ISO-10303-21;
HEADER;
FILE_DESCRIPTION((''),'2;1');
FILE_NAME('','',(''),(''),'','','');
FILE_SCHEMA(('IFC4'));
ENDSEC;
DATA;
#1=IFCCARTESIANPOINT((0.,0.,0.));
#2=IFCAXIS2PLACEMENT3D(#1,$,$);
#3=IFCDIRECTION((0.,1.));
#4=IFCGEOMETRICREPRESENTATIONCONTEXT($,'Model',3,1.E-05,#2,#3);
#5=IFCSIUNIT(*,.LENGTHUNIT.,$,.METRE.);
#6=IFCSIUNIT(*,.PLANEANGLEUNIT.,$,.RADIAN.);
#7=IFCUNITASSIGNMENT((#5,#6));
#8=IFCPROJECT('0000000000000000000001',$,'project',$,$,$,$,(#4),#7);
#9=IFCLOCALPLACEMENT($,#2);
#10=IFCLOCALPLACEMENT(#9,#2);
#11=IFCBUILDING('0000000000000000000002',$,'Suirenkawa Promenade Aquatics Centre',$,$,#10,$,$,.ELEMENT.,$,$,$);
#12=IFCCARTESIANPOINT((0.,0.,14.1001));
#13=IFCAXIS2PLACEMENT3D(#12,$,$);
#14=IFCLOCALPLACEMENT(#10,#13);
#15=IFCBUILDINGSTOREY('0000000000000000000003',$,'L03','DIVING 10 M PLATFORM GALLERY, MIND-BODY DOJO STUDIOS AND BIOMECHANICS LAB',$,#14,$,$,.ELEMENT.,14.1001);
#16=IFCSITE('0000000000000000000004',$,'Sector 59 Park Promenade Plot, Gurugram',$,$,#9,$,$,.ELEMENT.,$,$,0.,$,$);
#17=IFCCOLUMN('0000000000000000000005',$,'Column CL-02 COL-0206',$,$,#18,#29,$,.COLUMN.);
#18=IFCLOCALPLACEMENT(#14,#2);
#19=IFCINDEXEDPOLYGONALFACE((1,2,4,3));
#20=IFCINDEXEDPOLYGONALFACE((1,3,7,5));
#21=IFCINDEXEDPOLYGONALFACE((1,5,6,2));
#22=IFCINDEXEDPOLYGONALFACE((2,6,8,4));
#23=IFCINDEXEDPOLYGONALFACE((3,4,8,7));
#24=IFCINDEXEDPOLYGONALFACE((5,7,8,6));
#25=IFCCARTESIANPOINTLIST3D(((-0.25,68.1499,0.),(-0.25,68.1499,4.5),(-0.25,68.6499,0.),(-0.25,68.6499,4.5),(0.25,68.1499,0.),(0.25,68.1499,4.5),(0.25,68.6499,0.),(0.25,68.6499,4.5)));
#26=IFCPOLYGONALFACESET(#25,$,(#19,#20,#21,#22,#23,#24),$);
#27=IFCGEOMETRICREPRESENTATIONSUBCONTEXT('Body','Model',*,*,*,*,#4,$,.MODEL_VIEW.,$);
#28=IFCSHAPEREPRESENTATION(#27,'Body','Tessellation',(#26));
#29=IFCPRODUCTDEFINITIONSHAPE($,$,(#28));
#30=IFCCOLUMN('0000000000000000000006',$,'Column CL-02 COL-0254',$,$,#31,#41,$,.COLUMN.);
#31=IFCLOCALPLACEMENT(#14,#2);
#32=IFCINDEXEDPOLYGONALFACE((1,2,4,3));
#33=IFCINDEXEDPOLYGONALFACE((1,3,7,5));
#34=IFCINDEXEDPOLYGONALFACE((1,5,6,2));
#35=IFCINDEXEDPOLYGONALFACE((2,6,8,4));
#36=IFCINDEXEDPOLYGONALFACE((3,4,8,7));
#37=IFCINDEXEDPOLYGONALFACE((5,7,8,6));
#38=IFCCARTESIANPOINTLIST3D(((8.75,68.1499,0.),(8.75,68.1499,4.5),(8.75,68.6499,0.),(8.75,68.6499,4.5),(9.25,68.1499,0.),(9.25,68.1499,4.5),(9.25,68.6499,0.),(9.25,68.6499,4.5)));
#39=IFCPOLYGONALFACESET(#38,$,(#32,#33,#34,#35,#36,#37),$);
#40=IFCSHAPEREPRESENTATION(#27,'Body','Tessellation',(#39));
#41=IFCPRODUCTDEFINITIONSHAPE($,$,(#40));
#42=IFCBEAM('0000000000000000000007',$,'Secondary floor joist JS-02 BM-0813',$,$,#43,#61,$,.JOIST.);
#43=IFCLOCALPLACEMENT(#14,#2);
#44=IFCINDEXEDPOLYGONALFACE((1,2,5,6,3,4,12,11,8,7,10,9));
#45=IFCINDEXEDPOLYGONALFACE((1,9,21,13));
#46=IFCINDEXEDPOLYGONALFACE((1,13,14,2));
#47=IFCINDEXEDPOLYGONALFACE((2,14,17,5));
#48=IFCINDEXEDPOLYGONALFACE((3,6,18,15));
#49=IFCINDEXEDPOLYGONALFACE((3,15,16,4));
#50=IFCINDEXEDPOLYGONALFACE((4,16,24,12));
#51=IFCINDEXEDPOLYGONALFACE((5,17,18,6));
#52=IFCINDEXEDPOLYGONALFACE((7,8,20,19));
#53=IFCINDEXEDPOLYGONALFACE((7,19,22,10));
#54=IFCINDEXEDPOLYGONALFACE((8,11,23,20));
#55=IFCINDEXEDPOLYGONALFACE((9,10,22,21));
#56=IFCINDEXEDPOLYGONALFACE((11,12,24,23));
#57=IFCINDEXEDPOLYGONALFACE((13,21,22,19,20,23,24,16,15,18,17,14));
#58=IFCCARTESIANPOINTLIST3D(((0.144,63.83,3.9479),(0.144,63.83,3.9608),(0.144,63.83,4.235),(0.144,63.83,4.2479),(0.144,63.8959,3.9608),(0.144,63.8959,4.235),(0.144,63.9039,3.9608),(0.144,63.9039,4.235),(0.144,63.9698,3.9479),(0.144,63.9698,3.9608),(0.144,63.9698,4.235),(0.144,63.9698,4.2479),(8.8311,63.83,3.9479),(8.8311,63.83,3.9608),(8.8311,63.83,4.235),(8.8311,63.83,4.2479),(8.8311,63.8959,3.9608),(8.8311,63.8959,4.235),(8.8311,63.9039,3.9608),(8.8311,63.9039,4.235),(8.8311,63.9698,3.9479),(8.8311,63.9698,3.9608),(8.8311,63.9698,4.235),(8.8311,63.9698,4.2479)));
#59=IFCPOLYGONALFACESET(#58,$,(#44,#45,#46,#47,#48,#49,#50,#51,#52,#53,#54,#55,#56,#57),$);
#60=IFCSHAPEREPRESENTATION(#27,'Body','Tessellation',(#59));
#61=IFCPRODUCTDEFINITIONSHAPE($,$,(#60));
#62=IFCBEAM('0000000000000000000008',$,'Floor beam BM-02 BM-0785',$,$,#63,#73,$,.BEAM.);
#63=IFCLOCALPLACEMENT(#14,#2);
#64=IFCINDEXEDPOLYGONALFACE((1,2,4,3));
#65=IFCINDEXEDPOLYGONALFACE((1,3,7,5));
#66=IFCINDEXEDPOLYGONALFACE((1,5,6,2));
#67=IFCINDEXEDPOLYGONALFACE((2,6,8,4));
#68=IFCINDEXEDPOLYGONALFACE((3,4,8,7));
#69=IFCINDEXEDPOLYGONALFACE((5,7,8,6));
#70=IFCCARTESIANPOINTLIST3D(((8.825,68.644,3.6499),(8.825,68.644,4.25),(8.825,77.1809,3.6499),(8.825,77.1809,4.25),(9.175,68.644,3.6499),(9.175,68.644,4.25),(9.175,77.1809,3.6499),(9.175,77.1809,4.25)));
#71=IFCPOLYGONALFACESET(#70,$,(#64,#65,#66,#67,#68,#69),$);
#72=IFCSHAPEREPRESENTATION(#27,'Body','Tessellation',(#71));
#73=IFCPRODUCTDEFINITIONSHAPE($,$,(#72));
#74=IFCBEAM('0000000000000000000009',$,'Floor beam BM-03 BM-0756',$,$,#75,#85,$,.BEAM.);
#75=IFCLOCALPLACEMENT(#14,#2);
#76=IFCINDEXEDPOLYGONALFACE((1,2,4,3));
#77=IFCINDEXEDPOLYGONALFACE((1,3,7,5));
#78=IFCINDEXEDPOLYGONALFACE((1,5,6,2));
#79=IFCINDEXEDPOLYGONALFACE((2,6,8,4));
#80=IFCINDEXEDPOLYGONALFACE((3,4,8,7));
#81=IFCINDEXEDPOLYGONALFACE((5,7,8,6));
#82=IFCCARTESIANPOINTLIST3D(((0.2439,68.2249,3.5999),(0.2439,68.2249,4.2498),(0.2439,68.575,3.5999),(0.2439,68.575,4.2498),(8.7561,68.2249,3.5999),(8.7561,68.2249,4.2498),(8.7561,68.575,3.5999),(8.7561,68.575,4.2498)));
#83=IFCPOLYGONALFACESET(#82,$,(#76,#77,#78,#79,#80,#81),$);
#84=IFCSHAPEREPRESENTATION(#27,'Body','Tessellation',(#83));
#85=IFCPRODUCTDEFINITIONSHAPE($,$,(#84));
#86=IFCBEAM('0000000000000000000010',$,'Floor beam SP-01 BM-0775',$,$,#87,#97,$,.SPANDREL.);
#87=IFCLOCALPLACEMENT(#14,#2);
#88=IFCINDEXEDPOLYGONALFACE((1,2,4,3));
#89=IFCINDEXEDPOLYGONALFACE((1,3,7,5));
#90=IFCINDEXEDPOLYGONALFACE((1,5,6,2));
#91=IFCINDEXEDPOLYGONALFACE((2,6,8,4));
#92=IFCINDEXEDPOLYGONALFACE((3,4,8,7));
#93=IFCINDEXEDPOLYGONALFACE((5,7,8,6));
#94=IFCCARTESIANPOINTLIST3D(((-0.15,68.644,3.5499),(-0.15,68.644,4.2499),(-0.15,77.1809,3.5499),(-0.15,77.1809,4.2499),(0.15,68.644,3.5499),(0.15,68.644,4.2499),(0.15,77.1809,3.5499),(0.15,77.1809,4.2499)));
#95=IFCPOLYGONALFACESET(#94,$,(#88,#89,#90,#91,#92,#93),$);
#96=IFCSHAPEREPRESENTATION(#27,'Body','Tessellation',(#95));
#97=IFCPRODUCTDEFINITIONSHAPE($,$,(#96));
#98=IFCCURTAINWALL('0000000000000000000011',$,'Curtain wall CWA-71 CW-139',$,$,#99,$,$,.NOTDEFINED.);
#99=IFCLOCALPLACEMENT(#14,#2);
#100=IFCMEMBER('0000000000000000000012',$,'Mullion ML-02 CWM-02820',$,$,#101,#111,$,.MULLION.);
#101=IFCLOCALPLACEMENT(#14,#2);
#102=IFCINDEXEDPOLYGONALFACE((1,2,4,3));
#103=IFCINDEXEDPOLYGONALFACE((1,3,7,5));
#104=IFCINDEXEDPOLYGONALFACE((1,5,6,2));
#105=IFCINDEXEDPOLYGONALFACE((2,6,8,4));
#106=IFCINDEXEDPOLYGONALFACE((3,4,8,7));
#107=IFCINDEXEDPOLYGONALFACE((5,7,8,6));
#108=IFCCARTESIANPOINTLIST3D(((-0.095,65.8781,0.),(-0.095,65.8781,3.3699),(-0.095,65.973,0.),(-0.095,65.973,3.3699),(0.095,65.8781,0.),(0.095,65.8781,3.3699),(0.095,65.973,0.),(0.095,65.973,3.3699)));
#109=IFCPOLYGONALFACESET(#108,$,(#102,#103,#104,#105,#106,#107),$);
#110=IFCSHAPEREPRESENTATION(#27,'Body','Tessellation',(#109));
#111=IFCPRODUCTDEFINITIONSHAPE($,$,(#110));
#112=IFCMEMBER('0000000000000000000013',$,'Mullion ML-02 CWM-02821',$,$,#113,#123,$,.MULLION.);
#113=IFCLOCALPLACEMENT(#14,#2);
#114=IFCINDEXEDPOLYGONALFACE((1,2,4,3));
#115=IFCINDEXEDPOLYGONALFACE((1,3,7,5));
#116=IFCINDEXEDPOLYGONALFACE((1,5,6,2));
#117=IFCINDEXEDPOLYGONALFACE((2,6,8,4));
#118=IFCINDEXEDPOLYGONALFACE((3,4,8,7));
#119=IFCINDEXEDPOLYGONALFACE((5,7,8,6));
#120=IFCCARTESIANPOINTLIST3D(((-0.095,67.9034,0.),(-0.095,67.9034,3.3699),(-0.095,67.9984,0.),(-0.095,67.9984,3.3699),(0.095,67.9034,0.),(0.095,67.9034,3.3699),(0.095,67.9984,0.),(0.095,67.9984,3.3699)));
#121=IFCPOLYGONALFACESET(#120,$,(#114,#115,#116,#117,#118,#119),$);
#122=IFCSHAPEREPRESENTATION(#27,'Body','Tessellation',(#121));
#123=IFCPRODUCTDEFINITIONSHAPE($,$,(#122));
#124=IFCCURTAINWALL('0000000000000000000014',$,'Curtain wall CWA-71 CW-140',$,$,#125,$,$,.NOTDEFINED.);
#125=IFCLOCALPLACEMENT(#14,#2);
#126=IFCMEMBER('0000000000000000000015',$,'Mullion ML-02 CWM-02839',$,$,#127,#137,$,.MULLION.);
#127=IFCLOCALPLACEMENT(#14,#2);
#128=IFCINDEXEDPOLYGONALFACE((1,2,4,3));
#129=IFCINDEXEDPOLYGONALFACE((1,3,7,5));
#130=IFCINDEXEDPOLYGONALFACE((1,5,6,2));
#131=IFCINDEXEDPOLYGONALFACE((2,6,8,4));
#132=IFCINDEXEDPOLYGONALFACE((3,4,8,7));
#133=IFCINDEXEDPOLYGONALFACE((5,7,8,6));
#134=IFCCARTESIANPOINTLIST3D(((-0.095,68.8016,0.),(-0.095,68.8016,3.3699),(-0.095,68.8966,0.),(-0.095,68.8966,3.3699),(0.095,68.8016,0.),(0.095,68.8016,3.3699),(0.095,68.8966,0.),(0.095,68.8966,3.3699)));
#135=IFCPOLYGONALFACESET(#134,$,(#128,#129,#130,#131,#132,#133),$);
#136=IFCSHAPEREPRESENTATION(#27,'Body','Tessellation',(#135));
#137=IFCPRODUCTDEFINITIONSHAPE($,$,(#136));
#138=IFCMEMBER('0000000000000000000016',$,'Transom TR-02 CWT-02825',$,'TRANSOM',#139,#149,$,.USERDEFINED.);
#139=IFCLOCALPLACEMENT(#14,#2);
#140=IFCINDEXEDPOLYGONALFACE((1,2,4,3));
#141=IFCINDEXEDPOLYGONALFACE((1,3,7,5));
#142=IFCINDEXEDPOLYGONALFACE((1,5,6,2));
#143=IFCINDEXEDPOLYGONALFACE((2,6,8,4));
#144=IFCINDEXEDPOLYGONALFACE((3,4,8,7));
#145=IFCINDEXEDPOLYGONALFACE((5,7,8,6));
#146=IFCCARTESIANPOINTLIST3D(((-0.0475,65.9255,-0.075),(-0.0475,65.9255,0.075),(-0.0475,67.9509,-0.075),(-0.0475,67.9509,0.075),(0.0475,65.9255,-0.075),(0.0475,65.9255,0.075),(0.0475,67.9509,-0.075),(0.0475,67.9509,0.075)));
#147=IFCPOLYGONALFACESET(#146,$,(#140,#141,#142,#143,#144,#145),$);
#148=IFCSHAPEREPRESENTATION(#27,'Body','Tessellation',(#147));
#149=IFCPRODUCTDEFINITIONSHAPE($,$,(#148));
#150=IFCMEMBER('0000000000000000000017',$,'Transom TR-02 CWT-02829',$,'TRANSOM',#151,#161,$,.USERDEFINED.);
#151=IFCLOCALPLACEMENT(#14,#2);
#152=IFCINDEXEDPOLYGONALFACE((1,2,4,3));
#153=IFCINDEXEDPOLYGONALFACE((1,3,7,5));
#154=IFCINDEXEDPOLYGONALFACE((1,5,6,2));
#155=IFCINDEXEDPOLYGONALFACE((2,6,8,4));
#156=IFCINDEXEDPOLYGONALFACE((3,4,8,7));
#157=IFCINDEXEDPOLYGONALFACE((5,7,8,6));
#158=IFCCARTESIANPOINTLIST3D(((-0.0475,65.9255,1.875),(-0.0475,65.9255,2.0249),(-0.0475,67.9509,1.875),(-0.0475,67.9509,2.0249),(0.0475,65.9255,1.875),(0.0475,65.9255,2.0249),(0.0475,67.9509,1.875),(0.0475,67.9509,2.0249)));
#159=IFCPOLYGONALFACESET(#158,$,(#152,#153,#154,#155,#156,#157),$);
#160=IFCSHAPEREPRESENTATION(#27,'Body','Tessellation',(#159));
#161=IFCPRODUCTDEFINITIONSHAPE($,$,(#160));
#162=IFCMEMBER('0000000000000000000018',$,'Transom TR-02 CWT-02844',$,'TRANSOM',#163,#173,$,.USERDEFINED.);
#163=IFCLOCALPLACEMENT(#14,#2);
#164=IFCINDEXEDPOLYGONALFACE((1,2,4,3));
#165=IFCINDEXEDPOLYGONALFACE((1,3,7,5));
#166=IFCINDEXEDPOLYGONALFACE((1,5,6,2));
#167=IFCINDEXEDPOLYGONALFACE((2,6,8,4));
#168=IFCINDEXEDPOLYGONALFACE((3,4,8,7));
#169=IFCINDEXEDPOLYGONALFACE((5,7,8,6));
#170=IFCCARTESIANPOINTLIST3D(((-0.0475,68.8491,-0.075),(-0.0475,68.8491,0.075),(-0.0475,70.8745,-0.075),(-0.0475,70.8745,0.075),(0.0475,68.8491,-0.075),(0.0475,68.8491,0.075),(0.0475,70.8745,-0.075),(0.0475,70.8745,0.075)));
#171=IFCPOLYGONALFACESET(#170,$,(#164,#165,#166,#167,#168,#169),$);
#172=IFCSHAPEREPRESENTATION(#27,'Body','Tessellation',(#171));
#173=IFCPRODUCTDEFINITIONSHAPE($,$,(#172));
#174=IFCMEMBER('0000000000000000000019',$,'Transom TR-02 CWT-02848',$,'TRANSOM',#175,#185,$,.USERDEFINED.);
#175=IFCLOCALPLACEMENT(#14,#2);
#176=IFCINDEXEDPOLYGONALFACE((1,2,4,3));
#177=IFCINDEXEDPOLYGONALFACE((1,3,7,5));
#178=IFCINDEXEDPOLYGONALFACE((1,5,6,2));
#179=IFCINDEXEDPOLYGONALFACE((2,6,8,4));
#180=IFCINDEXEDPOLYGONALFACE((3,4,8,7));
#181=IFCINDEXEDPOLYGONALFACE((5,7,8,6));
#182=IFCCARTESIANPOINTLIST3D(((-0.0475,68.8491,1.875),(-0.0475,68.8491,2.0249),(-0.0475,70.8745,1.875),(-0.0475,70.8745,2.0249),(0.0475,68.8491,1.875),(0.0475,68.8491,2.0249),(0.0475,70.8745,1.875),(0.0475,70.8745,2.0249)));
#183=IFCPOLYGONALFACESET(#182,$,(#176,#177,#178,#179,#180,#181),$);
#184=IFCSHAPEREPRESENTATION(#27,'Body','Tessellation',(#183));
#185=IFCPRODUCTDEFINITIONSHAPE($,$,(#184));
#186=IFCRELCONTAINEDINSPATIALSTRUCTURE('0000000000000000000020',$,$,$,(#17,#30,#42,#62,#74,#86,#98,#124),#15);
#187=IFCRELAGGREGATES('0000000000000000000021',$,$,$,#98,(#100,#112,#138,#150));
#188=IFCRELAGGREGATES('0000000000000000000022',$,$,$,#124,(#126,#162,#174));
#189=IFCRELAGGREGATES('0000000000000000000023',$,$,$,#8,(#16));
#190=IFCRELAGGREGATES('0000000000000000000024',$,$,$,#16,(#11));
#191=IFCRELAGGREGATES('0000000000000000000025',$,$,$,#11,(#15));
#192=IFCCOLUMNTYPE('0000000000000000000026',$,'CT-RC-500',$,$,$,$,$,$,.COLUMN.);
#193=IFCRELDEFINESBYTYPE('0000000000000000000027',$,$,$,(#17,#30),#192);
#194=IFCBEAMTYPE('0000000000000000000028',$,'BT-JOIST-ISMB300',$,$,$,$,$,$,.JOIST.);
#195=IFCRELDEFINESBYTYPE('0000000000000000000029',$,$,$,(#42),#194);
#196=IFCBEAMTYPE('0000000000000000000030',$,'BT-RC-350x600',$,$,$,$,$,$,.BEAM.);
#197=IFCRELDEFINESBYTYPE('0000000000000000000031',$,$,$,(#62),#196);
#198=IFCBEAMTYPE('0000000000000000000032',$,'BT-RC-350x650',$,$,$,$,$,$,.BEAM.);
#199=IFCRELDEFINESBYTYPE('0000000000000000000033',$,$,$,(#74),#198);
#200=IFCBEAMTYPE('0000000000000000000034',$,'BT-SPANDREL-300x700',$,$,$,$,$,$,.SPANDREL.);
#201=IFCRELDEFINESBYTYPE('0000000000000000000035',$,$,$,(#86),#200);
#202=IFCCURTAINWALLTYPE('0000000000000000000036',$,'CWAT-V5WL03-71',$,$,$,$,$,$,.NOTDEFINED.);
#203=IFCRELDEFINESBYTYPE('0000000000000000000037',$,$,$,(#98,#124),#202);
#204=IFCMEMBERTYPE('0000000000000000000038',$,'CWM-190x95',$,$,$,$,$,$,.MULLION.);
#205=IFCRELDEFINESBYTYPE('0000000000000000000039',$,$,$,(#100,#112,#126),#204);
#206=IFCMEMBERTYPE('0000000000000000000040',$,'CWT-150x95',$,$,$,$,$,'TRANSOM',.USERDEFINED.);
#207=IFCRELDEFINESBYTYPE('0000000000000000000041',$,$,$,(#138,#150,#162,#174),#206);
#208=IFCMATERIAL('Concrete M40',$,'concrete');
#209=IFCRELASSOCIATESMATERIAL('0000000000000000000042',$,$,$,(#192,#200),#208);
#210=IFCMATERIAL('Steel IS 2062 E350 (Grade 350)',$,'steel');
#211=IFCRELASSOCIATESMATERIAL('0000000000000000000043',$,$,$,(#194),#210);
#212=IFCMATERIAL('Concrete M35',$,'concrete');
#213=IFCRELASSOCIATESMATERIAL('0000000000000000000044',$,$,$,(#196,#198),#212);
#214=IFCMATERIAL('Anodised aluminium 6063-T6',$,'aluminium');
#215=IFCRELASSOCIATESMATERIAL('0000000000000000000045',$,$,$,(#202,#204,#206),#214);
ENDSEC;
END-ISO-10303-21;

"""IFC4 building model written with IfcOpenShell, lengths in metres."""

from ifc_helpers import new_model, si_unit, direction, frame, origin, origin_2d, place, context, subcontext, project, spatial, rectangle, i_section, extrude, material, material_profile, profile_set, type_object, element, aggregate, save


model = new_model("IFC4")

# Units and contexts
model_context = context("Model", 3, precision=1e-05, world=origin(), true_north=direction((0.0, 1.0)))
body_context = subcontext(model_context, "Body", "Model", "MODEL_VIEW")
ifc_project = project(units=[si_unit("LENGTHUNIT", "METRE"), si_unit("PLANEANGLEUNIT", "RADIAN")], contexts=[model_context])

# Site, building, storey
site_placement = place(None, origin())
site = spatial("IfcSite", under=ifc_project, at=site_placement, Name="Sector 59 Park Promenade Plot, Gurugram", CompositionType="ELEMENT", RefElevation=0.0)
building_placement = place(site_placement, origin())
building = spatial("IfcBuilding", under=site, at=building_placement, Name="Suirenkawa Promenade Aquatics Centre", CompositionType="ELEMENT")
storey_placement = place(building_placement, frame((0.0, 0.0, 14.1001)))
storey = spatial("IfcBuildingStorey", under=building, at=storey_placement, Name="L03", Description="DIVING 10 M PLATFORM GALLERY, MIND-BODY DOJO STUDIOS AND BIOMECHANICS LAB", CompositionType="ELEMENT", Elevation=14.1001)

# Columns
ifc_material_1 = material(Name="Concrete M40", Category="concrete")
ifc_material_profile_1 = material_profile(ifc_material_1, rectangle(XDim=0.5, YDim=0.5, at=origin_2d()), Name="RC COL 500x500", Category="concrete")
ifc_profile_set_1 = profile_set([ifc_material_profile_1], Name="Concrete M40")
column_type = type_object("IfcColumnType", Name="CT-RC-500", PredefinedType="COLUMN", material=ifc_profile_set_1)
for number, where, z_axis, x_axis, name in (
    (1, (0.0, 68.3999, 0.0), (0.0, 0.0, 1.0), (1.0, 0.0, 0.0), "Column CL-02 COL-0206"),
    (2, (9.0, 68.3999, 0.0), (0.0, 0.0, 1.0), (1.0, 0.0, 0.0), "Column CL-02 COL-0254"),
):
    element("IfcColumn", number, at=place(storey_placement, frame(where, z_axis=z_axis, x_axis=x_axis)), inside=storey, type_object=column_type, Name=name, PredefinedType="COLUMN", context=body_context, shape_type="SweptSolid", body=[
        extrude(rectangle(XDim=0.5, YDim=0.5, at=origin_2d()), origin(), (0.0, 0.0, 1.0), 4.5),
    ])

# Beams
ifc_material_2 = material(Name="Steel IS 2062 E350 (Grade 350)", Category="steel")
ifc_material_profile_2 = material_profile(ifc_material_2, i_section(OverallWidth=0.1399, OverallDepth=0.3, WebThickness=0.0081, FlangeThickness=0.0129, at=origin_2d()), Name="ISMB 300", Category="steel")
ifc_profile_set_2 = profile_set([ifc_material_profile_2], Name="Steel IS 2062 E350 (Grade 350)")
beam_type_1 = type_object("IfcBeamType", Name="BT-JOIST-ISMB300", PredefinedType="JOIST", material=ifc_profile_set_2)
beam_1_placement = place(storey_placement, frame((0.144, 63.8999, 4.0979), z_axis=(1.0, 0.0, 0.0), x_axis=(0.0, 1.0, 0.0)))
element("IfcBeam", 3, at=beam_1_placement, inside=storey, type_object=beam_type_1, Name="Secondary floor joist JS-02 BM-0813", PredefinedType="JOIST", context=body_context, shape_type="SweptSolid", body=[
    extrude(i_section(OverallWidth=0.1399, OverallDepth=0.3, WebThickness=0.0081, FlangeThickness=0.0129, at=origin_2d()), origin(), (0.0, 0.0, 1.0), 8.687),
])
ifc_material_3 = material(Name="Concrete M35", Category="concrete")
ifc_material_profile_3 = material_profile(ifc_material_3, rectangle(XDim=0.3501, YDim=0.6001, at=origin_2d()), Name="RC BM 350x600", Category="concrete")
ifc_profile_set_3 = profile_set([ifc_material_profile_3], Name="Concrete M35")
beam_type_2 = type_object("IfcBeamType", Name="BT-RC-350x600", PredefinedType="BEAM", material=ifc_profile_set_3)
beam_2_placement = place(storey_placement, frame((9.0, 68.644, 3.95), z_axis=(0.0, 1.0, 0.0), x_axis=(-1.0, 0.0, 0.0)))
element("IfcBeam", 4, at=beam_2_placement, inside=storey, type_object=beam_type_2, Name="Floor beam BM-02 BM-0785", PredefinedType="BEAM", context=body_context, shape_type="SweptSolid", body=[
    extrude(rectangle(XDim=0.3501, YDim=0.6001, at=origin_2d()), origin(), (0.0, 0.0, 1.0), 8.5369),
])
ifc_material_profile_4 = material_profile(ifc_material_3, rectangle(XDim=0.3501, YDim=0.6499, at=origin_2d()), Name="RC BM 350x650", Category="concrete")
ifc_profile_set_4 = profile_set([ifc_material_profile_4], Name="Concrete M35")
beam_type_3 = type_object("IfcBeamType", Name="BT-RC-350x650", PredefinedType="BEAM", material=ifc_profile_set_4)
beam_3_placement = place(storey_placement, frame((0.2439, 68.3999, 3.9248), z_axis=(1.0, 0.0, 0.0), x_axis=(0.0, 1.0, 0.0)))
element("IfcBeam", 5, at=beam_3_placement, inside=storey, type_object=beam_type_3, Name="Floor beam BM-03 BM-0756", PredefinedType="BEAM", context=body_context, shape_type="SweptSolid", body=[
    extrude(rectangle(XDim=0.3501, YDim=0.6499, at=origin_2d()), origin(), (0.0, 0.0, 1.0), 8.5122),
])
ifc_material_profile_5 = material_profile(ifc_material_1, rectangle(XDim=0.3, YDim=0.7, at=origin_2d()), Name="RC SPANDREL 300x700", Category="concrete")
ifc_profile_set_5 = profile_set([ifc_material_profile_5], Name="Concrete M40")
beam_type_4 = type_object("IfcBeamType", Name="BT-SPANDREL-300x700", PredefinedType="SPANDREL", material=ifc_profile_set_5)
beam_4_placement = place(storey_placement, frame((0.0, 68.644, 3.8999), z_axis=(0.0, 1.0, 0.0), x_axis=(-1.0, 0.0, 0.0)))
element("IfcBeam", 6, at=beam_4_placement, inside=storey, type_object=beam_type_4, Name="Floor beam SP-01 BM-0775", PredefinedType="SPANDREL", context=body_context, shape_type="SweptSolid", body=[
    extrude(rectangle(XDim=0.3, YDim=0.7, at=origin_2d()), origin(), (0.0, 0.0, 1.0), 8.5369),
])

# Curtain wall, members
ifc_material_4 = material(Name="Anodised aluminium 6063-T6", Category="aluminium")
curtain_wall_type = type_object("IfcCurtainWallType", Name="CWAT-V5WL03-71", PredefinedType="NOTDEFINED", material=ifc_material_4)
curtain_wall_1_placement = place(storey_placement, origin())
curtain_wall_1 = element("IfcCurtainWall", 7, at=curtain_wall_1_placement, inside=storey, type_object=curtain_wall_type, Name="Curtain wall CWA-71 CW-139", PredefinedType="NOTDEFINED")
ifc_material_profile_6 = material_profile(ifc_material_4, rectangle(XDim=0.095, YDim=0.1899, at=origin_2d()), Name="ALU MULL 95x190", Category="aluminium")
ifc_profile_set_6 = profile_set([ifc_material_profile_6], Name="Anodised aluminium 6063-T6")
member_type_1 = type_object("IfcMemberType", Name="CWM-190x95", PredefinedType="MULLION", material=ifc_profile_set_6)
member_1_placement = place(storey_placement, frame((0.0, 65.9255, 0.0), z_axis=(0.0, 0.0, 1.0), x_axis=(0.0, 1.0, 0.0)))
member_1 = element("IfcMember", 8, at=member_1_placement, type_object=member_type_1, Name="Mullion ML-02 CWM-02820", PredefinedType="MULLION", context=body_context, shape_type="SweptSolid", body=[
    extrude(rectangle(XDim=0.095, YDim=0.1899, at=origin_2d()), origin(), (0.0, 0.0, 1.0), 3.3699),
])
member_2_placement = place(storey_placement, frame((0.0, 67.9509, 0.0), z_axis=(0.0, 0.0, 1.0), x_axis=(0.0, 1.0, 0.0)))
member_2 = element("IfcMember", 9, at=member_2_placement, type_object=member_type_1, Name="Mullion ML-02 CWM-02821", PredefinedType="MULLION", context=body_context, shape_type="SweptSolid", body=[
    extrude(rectangle(XDim=0.095, YDim=0.1899, at=origin_2d()), origin(), (0.0, 0.0, 1.0), 3.3699),
])

# Curtain wall, member
curtain_wall_2_placement = place(storey_placement, origin())
curtain_wall_2 = element("IfcCurtainWall", 10, at=curtain_wall_2_placement, inside=storey, type_object=curtain_wall_type, Name="Curtain wall CWA-71 CW-140", PredefinedType="NOTDEFINED")
member_3_placement = place(storey_placement, frame((0.0, 68.8491, 0.0), z_axis=(0.0, 0.0, 1.0), x_axis=(0.0, 1.0, 0.0)))
member_3 = element("IfcMember", 11, at=member_3_placement, type_object=member_type_1, Name="Mullion ML-02 CWM-02839", PredefinedType="MULLION", context=body_context, shape_type="SweptSolid", body=[
    extrude(rectangle(XDim=0.095, YDim=0.1899, at=origin_2d()), origin(), (0.0, 0.0, 1.0), 3.3699),
])

# Members
ifc_material_profile_7 = material_profile(ifc_material_4, rectangle(XDim=0.095, YDim=0.1499, at=origin_2d()), Name="ALU TRAN 95x150", Category="aluminium")
ifc_profile_set_7 = profile_set([ifc_material_profile_7], Name="Anodised aluminium 6063-T6")
member_type_2 = type_object("IfcMemberType", Name="CWT-150x95", ElementType="TRANSOM", PredefinedType="USERDEFINED", material=ifc_profile_set_7)
member_4_placement = place(storey_placement, frame((0.0, 65.9255, 0.0), z_axis=(0.0, 1.0, 0.0), x_axis=(-1.0, 0.0, 0.0)))
member_4 = element("IfcMember", 12, at=member_4_placement, type_object=member_type_2, Name="Transom TR-02 CWT-02825", ObjectType="TRANSOM", PredefinedType="USERDEFINED", context=body_context, shape_type="SweptSolid", body=[
    extrude(rectangle(XDim=0.095, YDim=0.1499, at=origin_2d()), origin(), (0.0, 0.0, 1.0), 2.0254),
])
member_5_placement = place(storey_placement, frame((0.0, 65.9255, 1.95), z_axis=(0.0, 1.0, 0.0), x_axis=(-1.0, 0.0, 0.0)))
member_5 = element("IfcMember", 13, at=member_5_placement, type_object=member_type_2, Name="Transom TR-02 CWT-02829", ObjectType="TRANSOM", PredefinedType="USERDEFINED", context=body_context, shape_type="SweptSolid", body=[
    extrude(rectangle(XDim=0.095, YDim=0.1499, at=origin_2d()), origin(), (0.0, 0.0, 1.0), 2.0254),
])
member_6_placement = place(storey_placement, frame((0.0, 68.8491, 0.0), z_axis=(0.0, 1.0, 0.0), x_axis=(-1.0, 0.0, 0.0)))
member_6 = element("IfcMember", 14, at=member_6_placement, type_object=member_type_2, Name="Transom TR-02 CWT-02844", ObjectType="TRANSOM", PredefinedType="USERDEFINED", context=body_context, shape_type="SweptSolid", body=[
    extrude(rectangle(XDim=0.095, YDim=0.1499, at=origin_2d()), origin(), (0.0, 0.0, 1.0), 2.0254),
])
member_7_placement = place(storey_placement, frame((0.0, 68.8491, 1.95), z_axis=(0.0, 1.0, 0.0), x_axis=(-1.0, 0.0, 0.0)))
member_7 = element("IfcMember", 15, at=member_7_placement, type_object=member_type_2, Name="Transom TR-02 CWT-02848", ObjectType="TRANSOM", PredefinedType="USERDEFINED", context=body_context, shape_type="SweptSolid", body=[
    extrude(rectangle(XDim=0.095, YDim=0.1499, at=origin_2d()), origin(), (0.0, 0.0, 1.0), 2.0254),
])

aggregate(curtain_wall_1, [member_1, member_2, member_4, member_5])
aggregate(curtain_wall_2, [member_3, member_6, member_7])

save(model, "model.ifc")
